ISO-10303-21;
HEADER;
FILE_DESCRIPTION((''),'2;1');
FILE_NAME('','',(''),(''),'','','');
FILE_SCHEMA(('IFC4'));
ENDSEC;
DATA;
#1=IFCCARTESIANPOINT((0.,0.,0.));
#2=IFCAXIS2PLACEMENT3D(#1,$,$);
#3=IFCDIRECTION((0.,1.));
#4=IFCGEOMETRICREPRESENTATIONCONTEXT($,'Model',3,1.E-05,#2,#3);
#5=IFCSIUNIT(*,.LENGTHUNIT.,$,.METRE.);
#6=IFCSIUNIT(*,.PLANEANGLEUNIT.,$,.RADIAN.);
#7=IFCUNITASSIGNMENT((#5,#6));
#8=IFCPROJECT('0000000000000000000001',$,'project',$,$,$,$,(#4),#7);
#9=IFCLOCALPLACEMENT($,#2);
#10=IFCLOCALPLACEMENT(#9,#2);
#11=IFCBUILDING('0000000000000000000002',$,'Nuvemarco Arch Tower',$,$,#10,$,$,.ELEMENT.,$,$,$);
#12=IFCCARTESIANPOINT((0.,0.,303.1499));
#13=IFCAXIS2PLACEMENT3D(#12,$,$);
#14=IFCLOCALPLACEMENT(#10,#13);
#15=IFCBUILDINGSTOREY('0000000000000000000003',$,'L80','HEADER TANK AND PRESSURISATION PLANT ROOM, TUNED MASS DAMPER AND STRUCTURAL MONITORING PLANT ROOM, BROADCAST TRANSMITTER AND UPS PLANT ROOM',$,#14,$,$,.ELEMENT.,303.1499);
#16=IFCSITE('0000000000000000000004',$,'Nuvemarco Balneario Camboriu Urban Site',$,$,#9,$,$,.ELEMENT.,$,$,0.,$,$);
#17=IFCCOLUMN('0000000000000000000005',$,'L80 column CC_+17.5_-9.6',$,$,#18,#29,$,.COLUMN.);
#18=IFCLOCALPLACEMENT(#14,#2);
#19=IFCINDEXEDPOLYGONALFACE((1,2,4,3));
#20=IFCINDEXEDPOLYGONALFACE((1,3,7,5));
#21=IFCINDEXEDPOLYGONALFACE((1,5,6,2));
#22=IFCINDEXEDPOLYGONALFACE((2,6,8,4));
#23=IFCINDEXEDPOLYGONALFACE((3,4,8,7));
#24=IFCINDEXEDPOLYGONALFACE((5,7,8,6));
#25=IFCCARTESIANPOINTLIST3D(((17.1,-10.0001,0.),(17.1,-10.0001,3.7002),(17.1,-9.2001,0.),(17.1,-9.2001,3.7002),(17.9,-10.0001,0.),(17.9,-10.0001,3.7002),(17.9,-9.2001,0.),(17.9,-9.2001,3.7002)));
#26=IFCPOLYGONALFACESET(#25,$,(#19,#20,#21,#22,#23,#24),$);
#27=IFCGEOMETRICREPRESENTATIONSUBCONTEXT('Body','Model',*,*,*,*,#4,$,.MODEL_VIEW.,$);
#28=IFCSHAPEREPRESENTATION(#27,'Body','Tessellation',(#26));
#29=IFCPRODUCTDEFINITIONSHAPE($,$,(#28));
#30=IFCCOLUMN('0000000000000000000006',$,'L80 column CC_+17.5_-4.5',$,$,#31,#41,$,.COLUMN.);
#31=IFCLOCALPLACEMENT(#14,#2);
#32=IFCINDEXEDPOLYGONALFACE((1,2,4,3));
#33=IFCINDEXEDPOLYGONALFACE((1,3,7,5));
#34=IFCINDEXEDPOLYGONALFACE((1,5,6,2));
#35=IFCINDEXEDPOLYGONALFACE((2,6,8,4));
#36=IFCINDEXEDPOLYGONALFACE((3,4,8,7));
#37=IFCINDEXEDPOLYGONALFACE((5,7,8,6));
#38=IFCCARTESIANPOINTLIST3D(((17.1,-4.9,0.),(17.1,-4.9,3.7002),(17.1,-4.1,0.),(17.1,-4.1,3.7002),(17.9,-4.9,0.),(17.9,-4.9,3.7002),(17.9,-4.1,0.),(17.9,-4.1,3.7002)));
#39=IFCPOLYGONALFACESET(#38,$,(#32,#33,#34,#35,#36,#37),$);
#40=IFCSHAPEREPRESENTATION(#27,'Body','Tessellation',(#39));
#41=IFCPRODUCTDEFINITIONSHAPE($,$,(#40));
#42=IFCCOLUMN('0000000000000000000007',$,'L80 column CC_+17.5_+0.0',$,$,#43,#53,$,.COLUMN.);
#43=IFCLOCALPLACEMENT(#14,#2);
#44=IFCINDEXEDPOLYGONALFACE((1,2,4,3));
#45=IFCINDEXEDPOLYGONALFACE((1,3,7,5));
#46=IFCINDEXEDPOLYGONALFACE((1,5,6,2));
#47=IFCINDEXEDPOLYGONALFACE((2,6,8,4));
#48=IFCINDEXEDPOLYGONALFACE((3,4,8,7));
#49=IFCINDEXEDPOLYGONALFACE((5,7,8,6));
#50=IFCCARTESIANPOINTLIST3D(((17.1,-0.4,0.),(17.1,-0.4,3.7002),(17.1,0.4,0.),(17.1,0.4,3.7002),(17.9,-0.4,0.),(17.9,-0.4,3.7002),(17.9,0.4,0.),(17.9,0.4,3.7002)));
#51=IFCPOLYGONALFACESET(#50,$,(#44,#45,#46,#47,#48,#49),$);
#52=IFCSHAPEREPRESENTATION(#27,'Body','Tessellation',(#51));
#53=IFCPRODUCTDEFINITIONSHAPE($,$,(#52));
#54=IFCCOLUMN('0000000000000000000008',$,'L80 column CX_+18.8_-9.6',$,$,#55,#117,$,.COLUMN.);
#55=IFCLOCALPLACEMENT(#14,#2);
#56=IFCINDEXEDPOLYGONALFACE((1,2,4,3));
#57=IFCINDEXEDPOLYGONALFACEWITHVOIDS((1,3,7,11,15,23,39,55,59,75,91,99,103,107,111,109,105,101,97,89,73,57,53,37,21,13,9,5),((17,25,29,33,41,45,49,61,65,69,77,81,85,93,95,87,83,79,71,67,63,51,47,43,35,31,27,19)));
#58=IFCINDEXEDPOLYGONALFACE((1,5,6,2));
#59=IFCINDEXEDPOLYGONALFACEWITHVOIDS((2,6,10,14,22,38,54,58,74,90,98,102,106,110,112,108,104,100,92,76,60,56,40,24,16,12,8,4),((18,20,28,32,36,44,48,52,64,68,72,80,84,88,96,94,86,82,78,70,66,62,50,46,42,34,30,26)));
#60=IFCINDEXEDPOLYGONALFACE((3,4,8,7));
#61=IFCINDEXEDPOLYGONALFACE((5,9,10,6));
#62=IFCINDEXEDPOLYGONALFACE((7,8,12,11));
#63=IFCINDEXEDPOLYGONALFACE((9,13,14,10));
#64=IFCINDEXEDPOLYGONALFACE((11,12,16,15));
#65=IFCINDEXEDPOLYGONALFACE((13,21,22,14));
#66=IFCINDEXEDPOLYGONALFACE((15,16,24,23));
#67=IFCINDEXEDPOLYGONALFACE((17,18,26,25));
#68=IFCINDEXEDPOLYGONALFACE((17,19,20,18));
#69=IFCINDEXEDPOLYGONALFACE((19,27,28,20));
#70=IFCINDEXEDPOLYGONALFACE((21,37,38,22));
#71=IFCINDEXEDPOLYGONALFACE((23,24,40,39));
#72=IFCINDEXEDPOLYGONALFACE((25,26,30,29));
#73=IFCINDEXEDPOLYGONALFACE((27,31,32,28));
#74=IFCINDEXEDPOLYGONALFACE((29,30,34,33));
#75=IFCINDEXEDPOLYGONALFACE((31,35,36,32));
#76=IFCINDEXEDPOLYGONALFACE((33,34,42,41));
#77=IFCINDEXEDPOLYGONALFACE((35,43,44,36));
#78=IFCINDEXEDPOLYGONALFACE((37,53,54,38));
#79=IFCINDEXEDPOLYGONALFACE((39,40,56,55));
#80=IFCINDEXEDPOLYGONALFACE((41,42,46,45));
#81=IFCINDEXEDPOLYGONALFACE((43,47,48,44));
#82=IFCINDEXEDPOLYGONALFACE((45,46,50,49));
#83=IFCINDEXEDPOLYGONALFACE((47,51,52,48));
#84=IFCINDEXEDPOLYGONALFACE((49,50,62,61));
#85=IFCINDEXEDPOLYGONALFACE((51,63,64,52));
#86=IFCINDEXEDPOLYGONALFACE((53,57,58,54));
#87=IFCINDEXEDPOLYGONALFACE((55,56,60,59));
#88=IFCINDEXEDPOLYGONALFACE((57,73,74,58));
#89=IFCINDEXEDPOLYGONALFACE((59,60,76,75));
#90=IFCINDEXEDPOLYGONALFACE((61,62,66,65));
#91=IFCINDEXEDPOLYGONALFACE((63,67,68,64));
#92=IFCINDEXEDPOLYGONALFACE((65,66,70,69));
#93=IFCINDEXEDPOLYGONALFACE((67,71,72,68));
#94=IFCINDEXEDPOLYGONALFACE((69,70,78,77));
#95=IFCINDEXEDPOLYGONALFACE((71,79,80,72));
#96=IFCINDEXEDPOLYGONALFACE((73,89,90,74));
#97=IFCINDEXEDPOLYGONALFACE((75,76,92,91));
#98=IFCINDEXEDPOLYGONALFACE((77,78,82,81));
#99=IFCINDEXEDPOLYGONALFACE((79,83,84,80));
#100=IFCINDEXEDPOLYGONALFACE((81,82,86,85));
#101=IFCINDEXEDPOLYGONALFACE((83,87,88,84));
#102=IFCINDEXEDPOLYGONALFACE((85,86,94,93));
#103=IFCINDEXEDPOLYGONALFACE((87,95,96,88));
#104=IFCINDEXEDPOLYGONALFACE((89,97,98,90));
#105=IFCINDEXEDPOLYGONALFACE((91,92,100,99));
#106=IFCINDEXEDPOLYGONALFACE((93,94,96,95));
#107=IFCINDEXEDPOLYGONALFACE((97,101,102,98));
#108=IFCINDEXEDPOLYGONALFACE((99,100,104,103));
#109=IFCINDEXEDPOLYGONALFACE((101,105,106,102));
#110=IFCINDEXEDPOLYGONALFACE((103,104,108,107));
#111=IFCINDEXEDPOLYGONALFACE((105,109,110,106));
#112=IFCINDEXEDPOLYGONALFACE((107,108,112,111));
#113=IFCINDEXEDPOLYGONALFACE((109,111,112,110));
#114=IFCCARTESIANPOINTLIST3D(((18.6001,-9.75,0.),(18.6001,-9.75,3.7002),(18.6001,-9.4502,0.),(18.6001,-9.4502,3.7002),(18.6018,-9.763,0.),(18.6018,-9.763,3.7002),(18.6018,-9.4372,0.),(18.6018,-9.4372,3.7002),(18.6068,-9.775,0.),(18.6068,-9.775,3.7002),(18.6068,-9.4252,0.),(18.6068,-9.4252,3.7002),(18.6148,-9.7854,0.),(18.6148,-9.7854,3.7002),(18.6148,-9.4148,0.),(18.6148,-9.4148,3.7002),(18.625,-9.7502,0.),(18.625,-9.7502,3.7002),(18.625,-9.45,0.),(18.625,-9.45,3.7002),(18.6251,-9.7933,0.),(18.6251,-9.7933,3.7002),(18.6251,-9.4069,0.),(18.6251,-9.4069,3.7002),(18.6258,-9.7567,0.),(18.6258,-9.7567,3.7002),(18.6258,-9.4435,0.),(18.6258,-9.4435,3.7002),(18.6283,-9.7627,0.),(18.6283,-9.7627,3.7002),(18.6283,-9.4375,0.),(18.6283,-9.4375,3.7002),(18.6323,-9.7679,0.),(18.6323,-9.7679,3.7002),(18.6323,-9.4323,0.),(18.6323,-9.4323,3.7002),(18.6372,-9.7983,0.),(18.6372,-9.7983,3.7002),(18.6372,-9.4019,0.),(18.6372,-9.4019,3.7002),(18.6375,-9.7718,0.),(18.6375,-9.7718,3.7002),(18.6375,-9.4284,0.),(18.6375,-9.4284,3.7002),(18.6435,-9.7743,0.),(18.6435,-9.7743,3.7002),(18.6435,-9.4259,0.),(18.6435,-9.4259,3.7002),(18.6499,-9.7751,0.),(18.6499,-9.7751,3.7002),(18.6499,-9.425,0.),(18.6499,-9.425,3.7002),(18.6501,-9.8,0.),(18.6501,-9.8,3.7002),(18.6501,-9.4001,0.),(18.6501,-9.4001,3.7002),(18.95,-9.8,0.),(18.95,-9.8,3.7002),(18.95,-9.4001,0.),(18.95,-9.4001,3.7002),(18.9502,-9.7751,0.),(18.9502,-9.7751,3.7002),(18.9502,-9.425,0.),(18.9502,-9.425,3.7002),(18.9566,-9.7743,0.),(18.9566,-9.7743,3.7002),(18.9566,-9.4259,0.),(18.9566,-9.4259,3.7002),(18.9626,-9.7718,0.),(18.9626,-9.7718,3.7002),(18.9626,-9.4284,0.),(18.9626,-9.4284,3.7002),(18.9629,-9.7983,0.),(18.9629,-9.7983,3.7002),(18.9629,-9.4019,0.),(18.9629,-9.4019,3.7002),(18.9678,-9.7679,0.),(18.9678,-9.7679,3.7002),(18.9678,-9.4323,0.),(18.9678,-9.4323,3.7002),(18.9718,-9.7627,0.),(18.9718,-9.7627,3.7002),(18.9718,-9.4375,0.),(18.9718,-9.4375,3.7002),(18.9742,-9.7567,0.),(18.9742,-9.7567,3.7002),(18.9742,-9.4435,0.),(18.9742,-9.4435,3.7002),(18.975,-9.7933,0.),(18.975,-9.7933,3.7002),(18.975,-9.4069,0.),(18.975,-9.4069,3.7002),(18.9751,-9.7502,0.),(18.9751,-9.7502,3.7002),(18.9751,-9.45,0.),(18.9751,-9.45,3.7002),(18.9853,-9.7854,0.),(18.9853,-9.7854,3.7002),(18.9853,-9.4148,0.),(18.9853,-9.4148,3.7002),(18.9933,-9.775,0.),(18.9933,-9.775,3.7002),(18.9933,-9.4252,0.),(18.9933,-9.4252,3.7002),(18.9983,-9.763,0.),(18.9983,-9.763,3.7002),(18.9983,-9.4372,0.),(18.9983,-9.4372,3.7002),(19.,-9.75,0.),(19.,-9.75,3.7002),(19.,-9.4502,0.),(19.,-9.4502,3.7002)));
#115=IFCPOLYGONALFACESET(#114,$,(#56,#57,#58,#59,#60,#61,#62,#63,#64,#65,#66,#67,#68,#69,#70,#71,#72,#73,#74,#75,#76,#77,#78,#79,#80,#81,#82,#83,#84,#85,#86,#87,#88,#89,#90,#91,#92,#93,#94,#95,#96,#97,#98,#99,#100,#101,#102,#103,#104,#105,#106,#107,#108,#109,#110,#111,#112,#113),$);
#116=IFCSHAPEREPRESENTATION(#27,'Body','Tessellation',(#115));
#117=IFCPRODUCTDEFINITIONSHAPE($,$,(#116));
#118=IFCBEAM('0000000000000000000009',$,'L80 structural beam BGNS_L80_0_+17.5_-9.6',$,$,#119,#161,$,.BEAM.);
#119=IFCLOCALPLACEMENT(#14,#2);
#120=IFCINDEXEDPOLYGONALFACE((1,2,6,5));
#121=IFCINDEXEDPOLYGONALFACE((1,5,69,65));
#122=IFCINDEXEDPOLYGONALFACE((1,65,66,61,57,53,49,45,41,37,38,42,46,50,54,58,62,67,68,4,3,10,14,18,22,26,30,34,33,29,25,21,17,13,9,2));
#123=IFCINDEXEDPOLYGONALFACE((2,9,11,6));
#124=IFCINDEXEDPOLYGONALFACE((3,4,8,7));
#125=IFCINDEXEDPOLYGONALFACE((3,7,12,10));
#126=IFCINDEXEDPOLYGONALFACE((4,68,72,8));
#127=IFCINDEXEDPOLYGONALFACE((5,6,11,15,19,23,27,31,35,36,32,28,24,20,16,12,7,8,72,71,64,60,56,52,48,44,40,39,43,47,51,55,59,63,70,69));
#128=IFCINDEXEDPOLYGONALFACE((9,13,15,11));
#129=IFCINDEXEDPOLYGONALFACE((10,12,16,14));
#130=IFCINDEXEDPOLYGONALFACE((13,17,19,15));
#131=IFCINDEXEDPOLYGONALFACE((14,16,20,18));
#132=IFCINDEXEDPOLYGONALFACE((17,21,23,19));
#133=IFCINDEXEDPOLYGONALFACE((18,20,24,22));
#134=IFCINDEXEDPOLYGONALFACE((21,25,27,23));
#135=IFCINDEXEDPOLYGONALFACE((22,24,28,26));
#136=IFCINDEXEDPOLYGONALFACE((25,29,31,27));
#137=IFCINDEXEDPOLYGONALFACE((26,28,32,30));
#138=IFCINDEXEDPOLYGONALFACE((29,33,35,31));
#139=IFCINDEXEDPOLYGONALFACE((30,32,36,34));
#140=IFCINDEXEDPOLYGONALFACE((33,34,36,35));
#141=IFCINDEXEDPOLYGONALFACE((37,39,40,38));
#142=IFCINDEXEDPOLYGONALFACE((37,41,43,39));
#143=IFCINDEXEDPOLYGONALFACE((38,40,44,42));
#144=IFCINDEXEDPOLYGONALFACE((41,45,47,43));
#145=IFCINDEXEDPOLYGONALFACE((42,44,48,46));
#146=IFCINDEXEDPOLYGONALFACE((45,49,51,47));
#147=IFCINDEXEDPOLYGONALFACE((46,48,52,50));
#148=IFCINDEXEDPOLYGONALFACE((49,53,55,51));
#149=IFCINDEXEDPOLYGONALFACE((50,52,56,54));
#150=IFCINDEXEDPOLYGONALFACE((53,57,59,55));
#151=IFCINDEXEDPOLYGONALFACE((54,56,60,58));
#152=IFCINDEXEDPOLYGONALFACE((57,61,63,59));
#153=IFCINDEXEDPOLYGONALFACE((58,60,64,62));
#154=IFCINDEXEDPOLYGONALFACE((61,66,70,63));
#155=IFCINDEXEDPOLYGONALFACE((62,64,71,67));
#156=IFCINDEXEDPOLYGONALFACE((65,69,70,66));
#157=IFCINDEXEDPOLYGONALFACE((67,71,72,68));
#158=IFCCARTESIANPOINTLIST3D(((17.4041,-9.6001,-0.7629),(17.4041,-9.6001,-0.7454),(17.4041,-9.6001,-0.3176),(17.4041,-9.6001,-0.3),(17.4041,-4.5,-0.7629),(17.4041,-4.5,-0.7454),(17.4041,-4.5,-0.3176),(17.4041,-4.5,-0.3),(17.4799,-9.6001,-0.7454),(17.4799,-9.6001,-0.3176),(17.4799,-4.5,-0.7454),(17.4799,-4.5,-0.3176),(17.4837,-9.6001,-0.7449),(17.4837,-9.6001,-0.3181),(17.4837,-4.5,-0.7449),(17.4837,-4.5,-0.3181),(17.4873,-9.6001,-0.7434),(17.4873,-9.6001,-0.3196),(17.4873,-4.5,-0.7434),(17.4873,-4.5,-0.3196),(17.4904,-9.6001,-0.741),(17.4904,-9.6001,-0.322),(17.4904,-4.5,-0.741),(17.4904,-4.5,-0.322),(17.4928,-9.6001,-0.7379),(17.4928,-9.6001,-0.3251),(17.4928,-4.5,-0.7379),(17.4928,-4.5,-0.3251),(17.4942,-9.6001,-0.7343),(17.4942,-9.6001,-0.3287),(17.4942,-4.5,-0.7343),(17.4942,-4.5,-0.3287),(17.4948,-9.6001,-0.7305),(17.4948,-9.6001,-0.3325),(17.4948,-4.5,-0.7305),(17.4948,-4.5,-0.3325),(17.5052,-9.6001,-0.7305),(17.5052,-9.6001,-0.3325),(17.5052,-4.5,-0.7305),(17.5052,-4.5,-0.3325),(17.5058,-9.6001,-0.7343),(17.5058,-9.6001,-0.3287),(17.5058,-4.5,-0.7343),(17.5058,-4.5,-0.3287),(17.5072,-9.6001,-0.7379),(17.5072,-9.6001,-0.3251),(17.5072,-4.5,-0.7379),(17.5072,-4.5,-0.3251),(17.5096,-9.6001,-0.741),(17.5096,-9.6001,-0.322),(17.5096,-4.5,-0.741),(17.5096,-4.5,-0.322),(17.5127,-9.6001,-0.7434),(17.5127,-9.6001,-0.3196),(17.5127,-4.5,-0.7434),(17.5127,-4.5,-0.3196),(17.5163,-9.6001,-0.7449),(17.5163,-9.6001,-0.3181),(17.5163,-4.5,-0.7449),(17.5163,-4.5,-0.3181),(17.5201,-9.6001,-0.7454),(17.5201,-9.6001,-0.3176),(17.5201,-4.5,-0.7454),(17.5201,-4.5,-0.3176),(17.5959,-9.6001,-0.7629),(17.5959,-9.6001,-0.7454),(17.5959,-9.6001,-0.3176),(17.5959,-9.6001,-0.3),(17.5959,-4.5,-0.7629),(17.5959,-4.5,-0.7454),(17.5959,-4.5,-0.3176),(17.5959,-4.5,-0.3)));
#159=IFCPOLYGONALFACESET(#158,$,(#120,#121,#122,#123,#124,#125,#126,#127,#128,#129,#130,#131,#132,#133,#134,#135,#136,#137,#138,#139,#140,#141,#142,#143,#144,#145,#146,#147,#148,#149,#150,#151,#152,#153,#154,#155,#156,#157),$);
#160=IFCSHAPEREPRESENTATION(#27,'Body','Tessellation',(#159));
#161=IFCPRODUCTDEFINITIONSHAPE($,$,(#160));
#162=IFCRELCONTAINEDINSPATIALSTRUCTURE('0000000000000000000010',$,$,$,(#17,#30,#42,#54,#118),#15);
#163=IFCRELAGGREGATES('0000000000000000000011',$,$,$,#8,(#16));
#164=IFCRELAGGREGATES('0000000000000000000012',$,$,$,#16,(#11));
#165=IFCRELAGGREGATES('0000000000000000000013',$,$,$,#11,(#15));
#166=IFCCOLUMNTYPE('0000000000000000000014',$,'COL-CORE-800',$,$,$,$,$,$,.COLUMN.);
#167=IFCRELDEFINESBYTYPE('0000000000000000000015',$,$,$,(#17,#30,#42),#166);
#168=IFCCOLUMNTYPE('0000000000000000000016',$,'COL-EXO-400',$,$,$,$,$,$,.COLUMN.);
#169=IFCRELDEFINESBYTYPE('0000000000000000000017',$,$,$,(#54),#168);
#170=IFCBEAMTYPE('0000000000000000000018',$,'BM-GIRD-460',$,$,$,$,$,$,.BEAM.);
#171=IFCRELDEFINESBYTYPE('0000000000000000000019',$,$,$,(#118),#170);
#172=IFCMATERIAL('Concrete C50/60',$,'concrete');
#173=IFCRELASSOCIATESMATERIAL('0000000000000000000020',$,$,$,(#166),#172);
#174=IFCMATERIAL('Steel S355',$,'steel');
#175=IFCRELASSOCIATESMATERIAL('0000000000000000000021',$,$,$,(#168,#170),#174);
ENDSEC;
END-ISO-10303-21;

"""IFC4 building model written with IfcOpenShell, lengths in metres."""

from ifc_helpers import new_model, si_unit, direction, frame, origin, origin_2d, place, context, subcontext, project, spatial, rectangle, hollow_rectangle, i_section, extrude, material, material_profile, profile_set, type_object, element, save


model = new_model("IFC4")

# Units and contexts
model_context = context("Model", 3, precision=1e-05, world=origin(), true_north=direction((0.0, 1.0)))
body_context = subcontext(model_context, "Body", "Model", "MODEL_VIEW")
ifc_project = project(units=[si_unit("LENGTHUNIT", "METRE"), si_unit("PLANEANGLEUNIT", "RADIAN")], contexts=[model_context])

# Site, building, storey
site_placement = place(None, origin())
site = spatial("IfcSite", under=ifc_project, at=site_placement, Name="Nuvemarco Balneario Camboriu Urban Site", CompositionType="ELEMENT", RefElevation=0.0)
building_placement = place(site_placement, origin())
building = spatial("IfcBuilding", under=site, at=building_placement, Name="Nuvemarco Arch Tower", CompositionType="ELEMENT")
storey_placement = place(building_placement, frame((0.0, 0.0, 303.1499)))
storey = spatial("IfcBuildingStorey", under=building, at=storey_placement, Name="L80", Description="HEADER TANK AND PRESSURISATION PLANT ROOM, TUNED MASS DAMPER AND STRUCTURAL MONITORING PLANT ROOM, BROADCAST TRANSMITTER AND UPS PLANT ROOM", CompositionType="ELEMENT", Elevation=303.1499)

# Columns
ifc_material_1 = material(Name="Concrete C50/60", Category="concrete")
ifc_material_profile_1 = material_profile(ifc_material_1, rectangle(XDim=0.8, YDim=0.8, at=origin_2d()), Name="RC-COL-800x800")
ifc_profile_set_1 = profile_set([ifc_material_profile_1], Name="Concrete C50/60")
column_type_1 = type_object("IfcColumnType", Name="COL-CORE-800", PredefinedType="COLUMN", material=ifc_profile_set_1)
for number, where, z_axis, x_axis, name in (
    (1, (17.5, -9.6001, 0.0), (0.0, 0.0, 1.0), (1.0, 0.0, 0.0), "L80 column CC_+17.5_-9.6"),
    (2, (17.5, -4.5, 0.0), (0.0, 0.0, 1.0), (1.0, 0.0, 0.0), "L80 column CC_+17.5_-4.5"),
    (3, (17.5, 0.0, 0.0), (0.0, 0.0, 1.0), (1.0, 0.0, 0.0), "L80 column CC_+17.5_+0.0"),
):
    element("IfcColumn", number, at=place(storey_placement, frame(where, z_axis=z_axis, x_axis=x_axis)), inside=storey, type_object=column_type_1, Name=name, PredefinedType="COLUMN", context=body_context, shape_type="SweptSolid", body=[
        extrude(rectangle(XDim=0.8, YDim=0.8, at=origin_2d()), origin(), (0.0, 0.0, 1.0), 3.7002),
    ])
ifc_material_2 = material(Name="Steel S355", Category="steel")
ifc_material_profile_2 = material_profile(ifc_material_2, hollow_rectangle(XDim=0.3999, YDim=0.3999, WallThickness=0.0249, InnerFilletRadius=0.0249, OuterFilletRadius=0.05, at=origin_2d()), Name="SHS400x400x25")
ifc_profile_set_2 = profile_set([ifc_material_profile_2], Name="Steel S355")
column_type_2 = type_object("IfcColumnType", Name="COL-EXO-400", PredefinedType="COLUMN", material=ifc_profile_set_2)
column_placement = place(storey_placement, frame((18.8, -9.6001, 0.0), z_axis=(0.0, 0.0, 1.0), x_axis=(1.0, 0.0, 0.0)))
element("IfcColumn", 4, at=column_placement, inside=storey, type_object=column_type_2, Name="L80 column CX_+18.8_-9.6", PredefinedType="COLUMN", context=body_context, shape_type="SweptSolid", body=[
    extrude(hollow_rectangle(XDim=0.3999, YDim=0.3999, WallThickness=0.0249, InnerFilletRadius=0.0249, OuterFilletRadius=0.05, at=origin_2d()), origin(), (0.0, 0.0, 1.0), 3.7002),
])

# Beam
ifc_material_profile_3 = material_profile(ifc_material_2, i_section(OverallWidth=0.1919, OverallDepth=0.4629, WebThickness=0.0105, FlangeThickness=0.0176, FilletRadius=0.0149, at=origin_2d()), Name="W460x89")
ifc_profile_set_3 = profile_set([ifc_material_profile_3], Name="Steel S355")
beam_type_1 = type_object("IfcBeamType", Name="BM-GIRD-460", PredefinedType="BEAM", material=ifc_profile_set_3)
beam_1_placement = place(storey_placement, frame((17.5, -9.6001, -0.5315), z_axis=(0.0, 1.0, 0.0), x_axis=(-1.0, 0.0, 0.0)))
element("IfcBeam", 5, at=beam_1_placement, inside=storey, type_object=beam_type_1, Name="L80 structural beam BGNS_L80_0_+17.5_-9.6", PredefinedType="BEAM", context=body_context, shape_type="SweptSolid", body=[
    extrude(i_section(OverallWidth=0.1919, OverallDepth=0.4629, WebThickness=0.0105, FlangeThickness=0.0176, FilletRadius=0.0149, at=origin_2d()), origin(), (0.0, 0.0, 1.0), 5.1001),
])

save(model, "model.ifc")
